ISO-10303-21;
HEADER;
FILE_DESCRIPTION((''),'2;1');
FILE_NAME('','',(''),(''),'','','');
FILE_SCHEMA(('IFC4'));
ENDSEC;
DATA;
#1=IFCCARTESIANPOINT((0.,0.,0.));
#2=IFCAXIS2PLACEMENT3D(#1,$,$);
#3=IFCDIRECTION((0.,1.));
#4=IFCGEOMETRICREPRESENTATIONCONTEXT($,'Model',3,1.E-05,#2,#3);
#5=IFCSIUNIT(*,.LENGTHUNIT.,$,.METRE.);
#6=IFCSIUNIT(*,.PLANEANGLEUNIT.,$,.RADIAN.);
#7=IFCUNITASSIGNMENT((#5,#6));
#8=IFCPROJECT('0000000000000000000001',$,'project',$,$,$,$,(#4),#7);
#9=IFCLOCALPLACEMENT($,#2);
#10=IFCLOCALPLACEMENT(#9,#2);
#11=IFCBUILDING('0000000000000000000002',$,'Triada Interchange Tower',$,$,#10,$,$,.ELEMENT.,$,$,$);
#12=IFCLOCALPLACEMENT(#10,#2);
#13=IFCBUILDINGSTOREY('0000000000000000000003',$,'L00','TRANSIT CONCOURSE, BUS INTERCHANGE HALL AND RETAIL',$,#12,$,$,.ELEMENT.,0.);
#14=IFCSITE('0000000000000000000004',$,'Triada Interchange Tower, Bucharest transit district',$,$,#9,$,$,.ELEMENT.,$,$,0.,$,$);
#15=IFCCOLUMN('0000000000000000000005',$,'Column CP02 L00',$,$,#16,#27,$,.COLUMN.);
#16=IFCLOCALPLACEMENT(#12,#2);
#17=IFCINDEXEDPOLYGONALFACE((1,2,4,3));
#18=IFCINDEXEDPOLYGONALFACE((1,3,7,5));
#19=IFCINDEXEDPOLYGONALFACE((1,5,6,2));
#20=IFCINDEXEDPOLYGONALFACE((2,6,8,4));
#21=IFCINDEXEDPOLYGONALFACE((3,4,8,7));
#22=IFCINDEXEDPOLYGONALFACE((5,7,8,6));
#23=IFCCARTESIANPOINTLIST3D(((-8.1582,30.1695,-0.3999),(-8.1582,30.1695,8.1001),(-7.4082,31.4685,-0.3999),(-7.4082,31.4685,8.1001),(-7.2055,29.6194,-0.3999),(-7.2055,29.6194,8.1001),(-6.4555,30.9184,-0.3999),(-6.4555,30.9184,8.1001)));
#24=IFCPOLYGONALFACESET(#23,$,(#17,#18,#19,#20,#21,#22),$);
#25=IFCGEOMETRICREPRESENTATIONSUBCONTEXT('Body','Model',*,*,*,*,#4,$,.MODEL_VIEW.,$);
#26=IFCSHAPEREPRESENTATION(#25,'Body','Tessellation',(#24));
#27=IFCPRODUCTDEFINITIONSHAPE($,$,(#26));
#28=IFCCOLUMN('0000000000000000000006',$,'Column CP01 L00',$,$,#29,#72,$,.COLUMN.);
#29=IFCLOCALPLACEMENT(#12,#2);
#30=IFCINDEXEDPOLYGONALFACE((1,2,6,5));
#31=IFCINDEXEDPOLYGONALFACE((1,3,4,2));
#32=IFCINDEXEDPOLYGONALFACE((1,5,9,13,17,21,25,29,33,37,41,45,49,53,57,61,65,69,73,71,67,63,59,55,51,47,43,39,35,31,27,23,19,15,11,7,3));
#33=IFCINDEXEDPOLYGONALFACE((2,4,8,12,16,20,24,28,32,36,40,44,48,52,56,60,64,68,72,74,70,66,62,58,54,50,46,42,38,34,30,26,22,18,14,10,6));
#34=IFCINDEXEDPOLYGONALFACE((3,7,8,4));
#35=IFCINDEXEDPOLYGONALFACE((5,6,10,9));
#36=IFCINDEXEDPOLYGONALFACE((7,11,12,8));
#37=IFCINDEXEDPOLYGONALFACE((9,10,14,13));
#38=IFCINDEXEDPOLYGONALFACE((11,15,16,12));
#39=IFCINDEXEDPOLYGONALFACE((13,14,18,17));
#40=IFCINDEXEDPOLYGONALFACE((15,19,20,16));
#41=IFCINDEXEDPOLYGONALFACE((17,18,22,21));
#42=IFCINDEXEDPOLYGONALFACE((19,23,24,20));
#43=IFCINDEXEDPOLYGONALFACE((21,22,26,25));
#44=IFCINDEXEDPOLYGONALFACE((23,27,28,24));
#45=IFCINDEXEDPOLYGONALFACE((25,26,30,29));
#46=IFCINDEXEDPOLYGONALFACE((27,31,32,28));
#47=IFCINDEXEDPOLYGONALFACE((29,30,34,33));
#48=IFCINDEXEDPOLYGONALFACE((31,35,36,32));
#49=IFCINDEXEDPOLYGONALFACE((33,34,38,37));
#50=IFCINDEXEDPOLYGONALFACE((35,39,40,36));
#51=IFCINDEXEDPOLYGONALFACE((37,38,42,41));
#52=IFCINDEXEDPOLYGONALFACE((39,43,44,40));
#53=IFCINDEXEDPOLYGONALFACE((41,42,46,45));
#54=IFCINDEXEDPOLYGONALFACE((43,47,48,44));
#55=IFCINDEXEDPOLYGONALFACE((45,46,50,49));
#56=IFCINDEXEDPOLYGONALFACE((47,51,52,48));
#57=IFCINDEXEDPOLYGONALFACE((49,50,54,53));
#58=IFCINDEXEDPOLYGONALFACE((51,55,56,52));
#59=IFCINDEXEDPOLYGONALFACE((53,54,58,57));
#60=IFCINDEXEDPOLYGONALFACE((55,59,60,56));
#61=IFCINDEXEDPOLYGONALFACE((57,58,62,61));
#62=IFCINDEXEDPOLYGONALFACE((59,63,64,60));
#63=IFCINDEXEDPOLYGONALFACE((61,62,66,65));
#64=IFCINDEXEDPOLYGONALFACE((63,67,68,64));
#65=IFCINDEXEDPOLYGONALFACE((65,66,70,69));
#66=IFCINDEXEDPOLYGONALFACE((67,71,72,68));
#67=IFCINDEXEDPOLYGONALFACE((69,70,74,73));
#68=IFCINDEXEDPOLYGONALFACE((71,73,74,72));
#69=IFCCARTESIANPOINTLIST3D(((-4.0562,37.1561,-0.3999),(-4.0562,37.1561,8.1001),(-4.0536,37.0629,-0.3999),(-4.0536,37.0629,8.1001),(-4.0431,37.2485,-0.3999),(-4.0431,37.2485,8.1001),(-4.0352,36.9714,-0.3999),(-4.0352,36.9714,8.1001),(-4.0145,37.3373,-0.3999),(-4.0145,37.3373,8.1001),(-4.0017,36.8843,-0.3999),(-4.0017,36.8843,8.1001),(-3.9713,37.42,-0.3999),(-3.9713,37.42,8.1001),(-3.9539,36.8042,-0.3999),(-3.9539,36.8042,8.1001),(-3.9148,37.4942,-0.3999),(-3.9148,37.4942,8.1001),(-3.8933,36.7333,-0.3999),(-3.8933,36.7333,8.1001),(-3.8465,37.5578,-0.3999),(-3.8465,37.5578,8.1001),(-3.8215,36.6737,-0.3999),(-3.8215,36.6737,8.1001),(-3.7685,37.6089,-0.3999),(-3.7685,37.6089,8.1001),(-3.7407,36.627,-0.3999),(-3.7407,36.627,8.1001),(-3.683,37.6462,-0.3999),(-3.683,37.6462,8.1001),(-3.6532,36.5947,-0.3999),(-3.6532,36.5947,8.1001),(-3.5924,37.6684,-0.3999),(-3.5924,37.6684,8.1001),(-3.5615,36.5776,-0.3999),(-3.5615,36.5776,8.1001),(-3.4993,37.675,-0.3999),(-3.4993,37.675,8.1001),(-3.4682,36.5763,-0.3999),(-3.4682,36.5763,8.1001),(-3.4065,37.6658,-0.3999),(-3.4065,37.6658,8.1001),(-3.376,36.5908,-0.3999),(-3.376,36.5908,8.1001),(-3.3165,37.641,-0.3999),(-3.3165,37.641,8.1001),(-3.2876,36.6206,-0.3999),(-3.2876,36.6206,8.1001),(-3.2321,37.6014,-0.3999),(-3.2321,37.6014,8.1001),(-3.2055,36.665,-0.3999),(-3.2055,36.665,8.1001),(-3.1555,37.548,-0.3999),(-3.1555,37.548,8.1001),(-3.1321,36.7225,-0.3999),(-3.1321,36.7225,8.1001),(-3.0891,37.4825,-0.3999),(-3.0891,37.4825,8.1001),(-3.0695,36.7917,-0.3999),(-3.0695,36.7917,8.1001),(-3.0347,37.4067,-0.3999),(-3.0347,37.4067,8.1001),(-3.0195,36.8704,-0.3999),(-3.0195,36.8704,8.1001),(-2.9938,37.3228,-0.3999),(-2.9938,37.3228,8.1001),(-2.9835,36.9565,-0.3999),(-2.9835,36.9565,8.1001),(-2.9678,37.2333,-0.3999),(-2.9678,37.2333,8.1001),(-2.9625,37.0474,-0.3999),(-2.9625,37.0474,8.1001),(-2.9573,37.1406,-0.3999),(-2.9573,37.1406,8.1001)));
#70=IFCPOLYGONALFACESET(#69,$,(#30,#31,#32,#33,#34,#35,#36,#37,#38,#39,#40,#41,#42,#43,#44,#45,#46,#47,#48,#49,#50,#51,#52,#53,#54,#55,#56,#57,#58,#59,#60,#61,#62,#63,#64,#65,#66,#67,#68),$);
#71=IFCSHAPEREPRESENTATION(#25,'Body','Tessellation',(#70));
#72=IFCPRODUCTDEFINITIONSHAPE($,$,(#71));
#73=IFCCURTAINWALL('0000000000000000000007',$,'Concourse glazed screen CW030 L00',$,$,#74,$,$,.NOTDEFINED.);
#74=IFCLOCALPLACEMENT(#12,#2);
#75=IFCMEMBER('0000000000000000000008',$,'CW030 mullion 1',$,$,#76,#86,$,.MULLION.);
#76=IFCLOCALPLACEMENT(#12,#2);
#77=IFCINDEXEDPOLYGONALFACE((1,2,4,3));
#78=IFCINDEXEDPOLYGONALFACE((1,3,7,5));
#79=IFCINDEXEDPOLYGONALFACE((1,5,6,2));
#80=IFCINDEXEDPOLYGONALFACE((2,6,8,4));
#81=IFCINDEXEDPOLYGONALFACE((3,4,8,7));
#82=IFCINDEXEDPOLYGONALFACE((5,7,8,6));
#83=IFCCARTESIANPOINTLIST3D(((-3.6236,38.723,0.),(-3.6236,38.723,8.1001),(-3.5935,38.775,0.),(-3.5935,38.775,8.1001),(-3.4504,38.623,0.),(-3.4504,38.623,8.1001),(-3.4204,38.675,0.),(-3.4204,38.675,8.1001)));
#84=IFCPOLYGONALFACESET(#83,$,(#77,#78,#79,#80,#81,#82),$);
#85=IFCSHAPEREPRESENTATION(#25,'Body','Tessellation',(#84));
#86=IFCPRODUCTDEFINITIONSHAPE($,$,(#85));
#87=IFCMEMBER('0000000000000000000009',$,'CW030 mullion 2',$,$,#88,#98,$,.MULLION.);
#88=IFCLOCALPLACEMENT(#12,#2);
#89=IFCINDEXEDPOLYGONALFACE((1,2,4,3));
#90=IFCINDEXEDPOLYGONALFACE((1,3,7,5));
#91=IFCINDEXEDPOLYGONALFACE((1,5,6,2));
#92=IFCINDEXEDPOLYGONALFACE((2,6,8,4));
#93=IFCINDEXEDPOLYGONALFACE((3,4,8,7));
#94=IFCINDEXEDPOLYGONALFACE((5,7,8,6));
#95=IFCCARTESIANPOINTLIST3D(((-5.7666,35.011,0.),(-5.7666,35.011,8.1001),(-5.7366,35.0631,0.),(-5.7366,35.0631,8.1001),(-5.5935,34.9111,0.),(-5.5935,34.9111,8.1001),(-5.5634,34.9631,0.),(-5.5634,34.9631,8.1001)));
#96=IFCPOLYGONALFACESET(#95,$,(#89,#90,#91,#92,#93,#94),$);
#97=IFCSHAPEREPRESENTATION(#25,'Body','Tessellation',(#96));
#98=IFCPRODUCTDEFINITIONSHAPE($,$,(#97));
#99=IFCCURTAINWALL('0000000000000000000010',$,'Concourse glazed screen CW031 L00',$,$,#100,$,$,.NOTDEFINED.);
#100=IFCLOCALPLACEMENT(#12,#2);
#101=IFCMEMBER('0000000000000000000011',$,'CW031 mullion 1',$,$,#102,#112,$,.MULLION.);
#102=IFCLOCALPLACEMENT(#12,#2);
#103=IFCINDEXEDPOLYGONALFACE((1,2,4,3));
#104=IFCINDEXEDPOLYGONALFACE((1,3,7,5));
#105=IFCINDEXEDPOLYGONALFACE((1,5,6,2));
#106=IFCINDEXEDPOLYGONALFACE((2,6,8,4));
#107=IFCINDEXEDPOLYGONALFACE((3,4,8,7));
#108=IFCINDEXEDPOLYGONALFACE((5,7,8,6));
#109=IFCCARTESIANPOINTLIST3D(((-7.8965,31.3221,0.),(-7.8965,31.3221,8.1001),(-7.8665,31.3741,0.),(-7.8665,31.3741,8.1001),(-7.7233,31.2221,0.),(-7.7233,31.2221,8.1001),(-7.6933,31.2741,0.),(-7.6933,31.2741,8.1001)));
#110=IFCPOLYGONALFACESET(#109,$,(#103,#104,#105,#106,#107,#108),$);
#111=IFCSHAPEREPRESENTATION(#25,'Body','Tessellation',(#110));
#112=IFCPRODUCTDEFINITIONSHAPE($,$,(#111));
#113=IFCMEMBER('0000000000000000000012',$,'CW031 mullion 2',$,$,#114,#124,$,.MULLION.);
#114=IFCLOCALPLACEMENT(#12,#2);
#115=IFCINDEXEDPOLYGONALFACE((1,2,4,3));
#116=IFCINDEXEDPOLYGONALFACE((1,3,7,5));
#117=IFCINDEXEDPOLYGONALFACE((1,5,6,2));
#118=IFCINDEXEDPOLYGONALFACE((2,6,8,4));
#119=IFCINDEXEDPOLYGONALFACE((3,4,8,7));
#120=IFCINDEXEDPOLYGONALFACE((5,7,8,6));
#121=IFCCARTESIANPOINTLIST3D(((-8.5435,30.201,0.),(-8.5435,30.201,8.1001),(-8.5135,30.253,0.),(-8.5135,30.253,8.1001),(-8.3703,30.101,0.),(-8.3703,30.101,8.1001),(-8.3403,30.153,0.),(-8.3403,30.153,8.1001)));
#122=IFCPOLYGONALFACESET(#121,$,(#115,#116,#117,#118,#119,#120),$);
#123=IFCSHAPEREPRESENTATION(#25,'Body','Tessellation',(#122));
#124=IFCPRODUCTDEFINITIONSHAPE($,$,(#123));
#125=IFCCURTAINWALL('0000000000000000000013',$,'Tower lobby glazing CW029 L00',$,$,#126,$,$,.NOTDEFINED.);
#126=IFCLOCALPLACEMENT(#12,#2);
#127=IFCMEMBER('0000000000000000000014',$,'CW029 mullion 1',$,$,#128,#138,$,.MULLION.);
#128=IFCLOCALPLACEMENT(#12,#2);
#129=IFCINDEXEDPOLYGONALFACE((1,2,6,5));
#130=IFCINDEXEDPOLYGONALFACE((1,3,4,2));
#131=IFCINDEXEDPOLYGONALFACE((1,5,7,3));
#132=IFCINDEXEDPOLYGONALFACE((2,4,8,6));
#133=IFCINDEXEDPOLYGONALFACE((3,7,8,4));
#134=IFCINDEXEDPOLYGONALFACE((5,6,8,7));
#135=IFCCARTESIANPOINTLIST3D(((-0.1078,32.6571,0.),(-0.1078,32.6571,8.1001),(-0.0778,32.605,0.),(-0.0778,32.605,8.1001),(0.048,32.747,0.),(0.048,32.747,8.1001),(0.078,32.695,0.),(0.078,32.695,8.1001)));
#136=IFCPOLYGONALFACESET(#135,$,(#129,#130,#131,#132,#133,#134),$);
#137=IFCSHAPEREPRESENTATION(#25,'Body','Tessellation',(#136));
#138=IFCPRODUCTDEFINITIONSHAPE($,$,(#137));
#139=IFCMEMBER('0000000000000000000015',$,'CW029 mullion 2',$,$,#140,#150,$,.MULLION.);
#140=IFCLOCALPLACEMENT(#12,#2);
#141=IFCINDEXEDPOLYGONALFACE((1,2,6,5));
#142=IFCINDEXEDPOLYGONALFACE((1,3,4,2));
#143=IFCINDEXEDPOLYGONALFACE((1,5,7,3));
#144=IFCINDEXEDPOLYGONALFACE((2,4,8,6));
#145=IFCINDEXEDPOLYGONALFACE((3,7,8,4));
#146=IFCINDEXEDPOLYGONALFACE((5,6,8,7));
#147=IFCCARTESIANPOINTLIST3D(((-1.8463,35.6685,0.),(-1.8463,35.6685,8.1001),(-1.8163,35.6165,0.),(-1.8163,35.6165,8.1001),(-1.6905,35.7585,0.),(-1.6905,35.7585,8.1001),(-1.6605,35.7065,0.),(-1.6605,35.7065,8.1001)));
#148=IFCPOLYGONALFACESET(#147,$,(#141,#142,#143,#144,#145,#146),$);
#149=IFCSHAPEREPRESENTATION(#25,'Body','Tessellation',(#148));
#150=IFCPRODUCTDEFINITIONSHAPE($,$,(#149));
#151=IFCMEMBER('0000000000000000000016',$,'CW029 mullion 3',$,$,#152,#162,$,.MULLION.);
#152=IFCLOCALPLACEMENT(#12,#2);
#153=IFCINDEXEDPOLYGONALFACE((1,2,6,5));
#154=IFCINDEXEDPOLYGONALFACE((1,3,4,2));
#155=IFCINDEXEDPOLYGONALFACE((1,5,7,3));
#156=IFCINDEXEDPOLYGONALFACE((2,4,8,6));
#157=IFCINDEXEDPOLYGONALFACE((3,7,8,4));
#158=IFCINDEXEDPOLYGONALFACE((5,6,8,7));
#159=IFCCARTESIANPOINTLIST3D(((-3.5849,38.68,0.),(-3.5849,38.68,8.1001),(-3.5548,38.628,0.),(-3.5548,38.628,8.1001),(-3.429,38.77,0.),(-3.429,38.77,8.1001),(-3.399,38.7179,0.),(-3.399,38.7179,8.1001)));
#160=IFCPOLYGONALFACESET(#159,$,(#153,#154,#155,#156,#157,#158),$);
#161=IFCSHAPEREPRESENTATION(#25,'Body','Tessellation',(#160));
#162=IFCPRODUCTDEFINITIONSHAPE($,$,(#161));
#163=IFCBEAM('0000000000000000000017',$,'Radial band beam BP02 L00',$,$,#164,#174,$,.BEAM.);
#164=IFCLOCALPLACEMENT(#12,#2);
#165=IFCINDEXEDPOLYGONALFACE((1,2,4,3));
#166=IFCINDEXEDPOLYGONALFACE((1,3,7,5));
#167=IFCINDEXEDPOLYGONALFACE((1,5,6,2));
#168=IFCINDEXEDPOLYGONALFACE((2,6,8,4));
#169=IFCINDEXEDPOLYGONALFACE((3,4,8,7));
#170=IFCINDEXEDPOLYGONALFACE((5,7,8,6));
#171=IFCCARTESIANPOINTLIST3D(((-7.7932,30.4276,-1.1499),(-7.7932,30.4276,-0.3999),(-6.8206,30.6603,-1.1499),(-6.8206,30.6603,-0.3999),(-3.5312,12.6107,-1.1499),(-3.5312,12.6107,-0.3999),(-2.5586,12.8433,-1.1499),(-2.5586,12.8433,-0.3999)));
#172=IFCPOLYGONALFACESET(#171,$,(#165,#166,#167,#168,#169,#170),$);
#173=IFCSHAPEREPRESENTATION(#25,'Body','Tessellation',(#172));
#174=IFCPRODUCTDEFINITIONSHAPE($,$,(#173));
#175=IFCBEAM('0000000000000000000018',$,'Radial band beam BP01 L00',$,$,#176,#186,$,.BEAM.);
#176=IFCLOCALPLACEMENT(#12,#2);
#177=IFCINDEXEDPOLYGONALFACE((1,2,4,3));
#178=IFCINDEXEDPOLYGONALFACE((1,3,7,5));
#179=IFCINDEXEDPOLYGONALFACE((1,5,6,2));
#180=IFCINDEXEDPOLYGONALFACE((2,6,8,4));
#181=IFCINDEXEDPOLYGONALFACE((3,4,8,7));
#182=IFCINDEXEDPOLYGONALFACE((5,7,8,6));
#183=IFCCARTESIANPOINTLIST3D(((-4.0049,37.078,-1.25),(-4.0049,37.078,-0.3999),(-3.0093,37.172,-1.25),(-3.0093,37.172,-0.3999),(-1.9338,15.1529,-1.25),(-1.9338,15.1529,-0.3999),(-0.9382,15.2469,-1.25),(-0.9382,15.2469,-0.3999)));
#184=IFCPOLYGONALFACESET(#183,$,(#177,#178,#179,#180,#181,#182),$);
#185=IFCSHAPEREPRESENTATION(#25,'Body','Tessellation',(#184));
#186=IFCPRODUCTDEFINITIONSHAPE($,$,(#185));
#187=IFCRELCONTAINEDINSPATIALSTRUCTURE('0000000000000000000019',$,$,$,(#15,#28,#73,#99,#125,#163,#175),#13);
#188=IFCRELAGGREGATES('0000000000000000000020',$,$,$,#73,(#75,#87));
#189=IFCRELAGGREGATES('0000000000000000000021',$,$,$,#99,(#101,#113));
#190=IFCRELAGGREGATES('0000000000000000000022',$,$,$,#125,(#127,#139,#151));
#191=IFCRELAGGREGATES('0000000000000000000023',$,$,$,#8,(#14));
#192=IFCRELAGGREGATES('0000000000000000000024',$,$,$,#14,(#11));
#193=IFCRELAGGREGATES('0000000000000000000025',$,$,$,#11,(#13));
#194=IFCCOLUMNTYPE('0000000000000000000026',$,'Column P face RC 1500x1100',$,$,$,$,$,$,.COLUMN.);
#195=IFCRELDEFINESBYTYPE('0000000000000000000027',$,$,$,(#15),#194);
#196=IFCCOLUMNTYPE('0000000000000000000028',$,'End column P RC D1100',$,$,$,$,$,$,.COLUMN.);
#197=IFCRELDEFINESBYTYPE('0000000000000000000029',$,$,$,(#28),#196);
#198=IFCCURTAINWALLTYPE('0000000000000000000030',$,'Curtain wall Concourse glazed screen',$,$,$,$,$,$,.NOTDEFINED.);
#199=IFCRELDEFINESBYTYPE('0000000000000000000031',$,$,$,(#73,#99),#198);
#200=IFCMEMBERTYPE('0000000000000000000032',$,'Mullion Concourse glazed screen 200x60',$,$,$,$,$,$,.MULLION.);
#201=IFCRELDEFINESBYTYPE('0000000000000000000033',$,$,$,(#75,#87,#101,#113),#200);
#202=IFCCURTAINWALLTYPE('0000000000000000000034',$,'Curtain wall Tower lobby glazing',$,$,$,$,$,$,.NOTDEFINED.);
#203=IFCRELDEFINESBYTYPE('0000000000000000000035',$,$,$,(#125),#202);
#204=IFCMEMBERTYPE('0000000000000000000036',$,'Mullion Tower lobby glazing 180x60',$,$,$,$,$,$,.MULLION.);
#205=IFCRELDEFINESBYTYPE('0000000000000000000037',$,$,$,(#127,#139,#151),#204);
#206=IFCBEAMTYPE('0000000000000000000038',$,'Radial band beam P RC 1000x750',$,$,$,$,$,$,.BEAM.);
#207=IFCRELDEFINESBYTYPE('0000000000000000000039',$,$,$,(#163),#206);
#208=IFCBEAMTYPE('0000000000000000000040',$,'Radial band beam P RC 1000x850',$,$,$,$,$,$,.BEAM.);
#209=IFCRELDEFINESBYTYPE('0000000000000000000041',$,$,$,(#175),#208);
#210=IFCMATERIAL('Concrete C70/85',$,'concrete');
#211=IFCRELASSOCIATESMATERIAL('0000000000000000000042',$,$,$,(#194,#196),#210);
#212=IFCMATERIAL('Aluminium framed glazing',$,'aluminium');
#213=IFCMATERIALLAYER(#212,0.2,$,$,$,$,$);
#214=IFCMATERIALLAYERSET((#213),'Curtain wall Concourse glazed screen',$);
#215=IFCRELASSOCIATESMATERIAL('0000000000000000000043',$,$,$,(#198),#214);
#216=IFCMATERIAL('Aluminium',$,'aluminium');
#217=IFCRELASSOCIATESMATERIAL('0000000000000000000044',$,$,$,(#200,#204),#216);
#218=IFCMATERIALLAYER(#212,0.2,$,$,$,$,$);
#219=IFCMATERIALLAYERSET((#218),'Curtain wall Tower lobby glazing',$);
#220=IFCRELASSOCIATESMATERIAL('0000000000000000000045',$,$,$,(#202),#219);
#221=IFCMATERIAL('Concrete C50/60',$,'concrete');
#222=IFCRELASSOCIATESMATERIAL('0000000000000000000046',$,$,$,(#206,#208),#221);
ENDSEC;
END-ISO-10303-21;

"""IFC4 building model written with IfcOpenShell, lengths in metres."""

from ifc_helpers import new_model, si_unit, direction, frame, origin, origin_2d, place, context, subcontext, project, spatial, rectangle, circle, extrude, material, layer, layer_set, material_profile, profile_set, type_object, element, aggregate, save


model = new_model("IFC4")

# Units and contexts
model_context = context("Model", 3, precision=1e-05, world=origin(), true_north=direction((0.0, 1.0)))
body_context = subcontext(model_context, "Body", "Model", "MODEL_VIEW")
ifc_project = project(units=[si_unit("LENGTHUNIT", "METRE"), si_unit("PLANEANGLEUNIT", "RADIAN")], contexts=[model_context])

# Site, building, storey
site_placement = place(None, origin())
site = spatial("IfcSite", under=ifc_project, at=site_placement, Name="Triada Interchange Tower, Bucharest transit district", CompositionType="ELEMENT", RefElevation=0.0)
building_placement = place(site_placement, origin())
building = spatial("IfcBuilding", under=site, at=building_placement, Name="Triada Interchange Tower", CompositionType="ELEMENT")
storey_placement = place(building_placement, origin())
storey = spatial("IfcBuildingStorey", under=building, at=storey_placement, Name="L00", Description="TRANSIT CONCOURSE, BUS INTERCHANGE HALL AND RETAIL", CompositionType="ELEMENT", Elevation=0.0)

# Columns
ifc_material_1 = material(Name="Concrete C70/85", Category="concrete")
ifc_material_profile_1 = material_profile(ifc_material_1, rectangle(XDim=1.5, YDim=1.1001, at=origin_2d()), Name="RC 1500x1100")
ifc_profile_set_1 = profile_set([ifc_material_profile_1], Name="Concrete C70/85")
column_type_1 = type_object("IfcColumnType", Name="Column P face RC 1500x1100", PredefinedType="COLUMN", material=ifc_profile_set_1)
column_1_placement = place(storey_placement, frame((-7.3069, 30.5439, -0.3999), z_axis=(0.0, 0.0, 1.0), x_axis=(0.5, 0.866025, 0.0)))
element("IfcColumn", 1, at=column_1_placement, inside=storey, type_object=column_type_1, Name="Column CP02 L00", PredefinedType="COLUMN", context=body_context, shape_type="SweptSolid", body=[
    extrude(rectangle(XDim=1.5, YDim=1.1001, at=origin_2d()), origin(), (0.0, 0.0, 1.0), 8.5),
])
ifc_material_profile_2 = material_profile(ifc_material_1, circle(Radius=0.55, at=origin_2d()), Name="RC D1100")
ifc_profile_set_2 = profile_set([ifc_material_profile_2], Name="Concrete C70/85")
column_type_2 = type_object("IfcColumnType", Name="End column P RC D1100", PredefinedType="COLUMN", material=ifc_profile_set_2)
column_2_placement = place(storey_placement, frame((-3.5071, 37.125, -0.3999), z_axis=(0.0, 0.0, 1.0), x_axis=(0.5, 0.866025, 0.0)))
element("IfcColumn", 2, at=column_2_placement, inside=storey, type_object=column_type_2, Name="Column CP01 L00", PredefinedType="COLUMN", context=body_context, shape_type="SweptSolid", body=[
    extrude(circle(Radius=0.55, at=origin_2d()), origin(), (0.0, 0.0, 1.0), 8.5),
])

# Curtain walls, members
ifc_material_2 = material(Name="Aluminium framed glazing", Category="aluminium")
ifc_layer_1 = layer(ifc_material_2, 0.2)
ifc_layer_set_1 = layer_set([ifc_layer_1], Name="Curtain wall Concourse glazed screen")
curtain_wall_type_1 = type_object("IfcCurtainWallType", Name="Curtain wall Concourse glazed screen", PredefinedType="NOTDEFINED", material=ifc_layer_set_1)
curtain_wall_1_placement = place(storey_placement, origin())
curtain_wall_1 = element("IfcCurtainWall", 3, at=curtain_wall_1_placement, inside=storey, type_object=curtain_wall_type_1, Name="Concourse glazed screen CW030 L00", PredefinedType="NOTDEFINED")
ifc_material_3 = material(Name="Aluminium", Category="aluminium")
ifc_material_profile_3 = material_profile(ifc_material_3, rectangle(XDim=0.2, YDim=0.0601, at=origin_2d()), Name="Aluminium mullion")
ifc_profile_set_3 = profile_set([ifc_material_profile_3], Name="Aluminium")
member_type_1 = type_object("IfcMemberType", Name="Mullion Concourse glazed screen 200x60", PredefinedType="MULLION", material=ifc_profile_set_3)
member_1_placement = place(storey_placement, frame((-3.522, 38.699, 0.0), z_axis=(0.0, 0.0, 1.0), x_axis=(0.86604, -0.499975, 0.0)))
member_1 = element("IfcMember", 4, at=member_1_placement, type_object=member_type_1, Name="CW030 mullion 1", PredefinedType="MULLION", context=body_context, shape_type="SweptSolid", body=[
    extrude(rectangle(XDim=0.2, YDim=0.0601, at=origin_2d()), origin(), (0.0, 0.0, 1.0), 8.1001),
])
member_2_placement = place(storey_placement, frame((-5.665, 34.9871, 0.0), z_axis=(0.0, 0.0, 1.0), x_axis=(0.86604, -0.499975, 0.0)))
member_2 = element("IfcMember", 5, at=member_2_placement, type_object=member_type_1, Name="CW030 mullion 2", PredefinedType="MULLION", context=body_context, shape_type="SweptSolid", body=[
    extrude(rectangle(XDim=0.2, YDim=0.0601, at=origin_2d()), origin(), (0.0, 0.0, 1.0), 8.1001),
])
curtain_wall_2_placement = place(storey_placement, origin())
curtain_wall_2 = element("IfcCurtainWall", 6, at=curtain_wall_2_placement, inside=storey, type_object=curtain_wall_type_1, Name="Concourse glazed screen CW031 L00", PredefinedType="NOTDEFINED")
member_3_placement = place(storey_placement, frame((-7.7949, 31.2981, 0.0), z_axis=(0.0, 0.0, 1.0), x_axis=(0.8661, -0.499872, 0.0)))
member_3 = element("IfcMember", 7, at=member_3_placement, type_object=member_type_1, Name="CW031 mullion 1", PredefinedType="MULLION", context=body_context, shape_type="SweptSolid", body=[
    extrude(rectangle(XDim=0.2, YDim=0.0601, at=origin_2d()), origin(), (0.0, 0.0, 1.0), 8.1001),
])
member_4_placement = place(storey_placement, frame((-8.4419, 30.177, 0.0), z_axis=(0.0, 0.0, 1.0), x_axis=(0.8661, -0.499872, 0.0)))
member_4 = element("IfcMember", 8, at=member_4_placement, type_object=member_type_1, Name="CW031 mullion 2", PredefinedType="MULLION", context=body_context, shape_type="SweptSolid", body=[
    extrude(rectangle(XDim=0.2, YDim=0.0601, at=origin_2d()), origin(), (0.0, 0.0, 1.0), 8.1001),
])
ifc_layer_2 = layer(ifc_material_2, 0.2)
ifc_layer_set_2 = layer_set([ifc_layer_2], Name="Curtain wall Tower lobby glazing")
curtain_wall_type_2 = type_object("IfcCurtainWallType", Name="Curtain wall Tower lobby glazing", PredefinedType="NOTDEFINED", material=ifc_layer_set_2)
curtain_wall_3_placement = place(storey_placement, origin())
curtain_wall_3 = element("IfcCurtainWall", 9, at=curtain_wall_3_placement, inside=storey, type_object=curtain_wall_type_2, Name="Tower lobby glazing CW029 L00", PredefinedType="NOTDEFINED")
ifc_material_profile_4 = material_profile(ifc_material_3, rectangle(XDim=0.1799, YDim=0.0601, at=origin_2d()), Name="Aluminium mullion")
ifc_profile_set_4 = profile_set([ifc_material_profile_4], Name="Aluminium")
member_type_2 = type_object("IfcMemberType", Name="Mullion Tower lobby glazing 180x60", PredefinedType="MULLION", material=ifc_profile_set_4)
member_5_placement = place(storey_placement, frame((-0.0149, 32.676, 0.0), z_axis=(0.0, 0.0, 1.0), x_axis=(-0.86605, -0.499957, 0.0)))
member_5 = element("IfcMember", 10, at=member_5_placement, type_object=member_type_2, Name="CW029 mullion 1", PredefinedType="MULLION", context=body_context, shape_type="SweptSolid", body=[
    extrude(rectangle(XDim=0.1799, YDim=0.0601, at=origin_2d()), origin(), (0.0, 0.0, 1.0), 8.1001),
])
member_6_placement = place(storey_placement, frame((-1.7534, 35.6875, 0.0), z_axis=(0.0, 0.0, 1.0), x_axis=(-0.86605, -0.499957, 0.0)))
member_6 = element("IfcMember", 11, at=member_6_placement, type_object=member_type_2, Name="CW029 mullion 2", PredefinedType="MULLION", context=body_context, shape_type="SweptSolid", body=[
    extrude(rectangle(XDim=0.1799, YDim=0.0601, at=origin_2d()), origin(), (0.0, 0.0, 1.0), 8.1001),
])
member_7_placement = place(storey_placement, frame((-3.4919, 38.699, 0.0), z_axis=(0.0, 0.0, 1.0), x_axis=(-0.86605, -0.499957, 0.0)))
member_7 = element("IfcMember", 12, at=member_7_placement, type_object=member_type_2, Name="CW029 mullion 3", PredefinedType="MULLION", context=body_context, shape_type="SweptSolid", body=[
    extrude(rectangle(XDim=0.1799, YDim=0.0601, at=origin_2d()), origin(), (0.0, 0.0, 1.0), 8.1001),
])

# Beams
ifc_material_4 = material(Name="Concrete C50/60", Category="concrete")
ifc_material_profile_5 = material_profile(ifc_material_4, rectangle(XDim=1.0, YDim=0.75, at=origin_2d()), Name="RC 1000x750")
ifc_profile_set_5 = profile_set([ifc_material_profile_5], Name="Concrete C50/60")
beam_type_1 = type_object("IfcBeamType", Name="Radial band beam P RC 1000x750", PredefinedType="BEAM", material=ifc_profile_set_5)
beam_1_placement = place(storey_placement, frame((-7.3069, 30.5439, -0.7749), z_axis=(0.232646, -0.972562, 0.0), x_axis=(0.972562, 0.232646, 0.0)))
element("IfcBeam", 13, at=beam_1_placement, inside=storey, type_object=beam_type_1, Name="Radial band beam BP02 L00", PredefinedType="BEAM", context=body_context, shape_type="SweptSolid", body=[
    extrude(rectangle(XDim=1.0, YDim=0.75, at=origin_2d()), origin(), (0.0, 0.0, 1.0), 18.3196),
])
ifc_material_profile_6 = material_profile(ifc_material_4, rectangle(XDim=1.0, YDim=0.8501, at=origin_2d()), Name="RC 1000x850")
ifc_profile_set_6 = profile_set([ifc_material_profile_6], Name="Concrete C50/60")
beam_type_2 = type_object("IfcBeamType", Name="Radial band beam P RC 1000x850", PredefinedType="BEAM", material=ifc_profile_set_6)
beam_2_placement = place(storey_placement, frame((-3.5071, 37.125, -0.825), z_axis=(0.094042, -0.995568, 0.0), x_axis=(0.995568, 0.094042, 0.0)))
element("IfcBeam", 14, at=beam_2_placement, inside=storey, type_object=beam_type_2, Name="Radial band beam BP01 L00", PredefinedType="BEAM", context=body_context, shape_type="SweptSolid", body=[
    extrude(rectangle(XDim=1.0, YDim=0.8501, at=origin_2d()), origin(), (0.0, 0.0, 1.0), 22.0227),
])

aggregate(curtain_wall_1, [member_1, member_2])
aggregate(curtain_wall_2, [member_3, member_4])
aggregate(curtain_wall_3, [member_5, member_6, member_7])

save(model, "model.ifc")
